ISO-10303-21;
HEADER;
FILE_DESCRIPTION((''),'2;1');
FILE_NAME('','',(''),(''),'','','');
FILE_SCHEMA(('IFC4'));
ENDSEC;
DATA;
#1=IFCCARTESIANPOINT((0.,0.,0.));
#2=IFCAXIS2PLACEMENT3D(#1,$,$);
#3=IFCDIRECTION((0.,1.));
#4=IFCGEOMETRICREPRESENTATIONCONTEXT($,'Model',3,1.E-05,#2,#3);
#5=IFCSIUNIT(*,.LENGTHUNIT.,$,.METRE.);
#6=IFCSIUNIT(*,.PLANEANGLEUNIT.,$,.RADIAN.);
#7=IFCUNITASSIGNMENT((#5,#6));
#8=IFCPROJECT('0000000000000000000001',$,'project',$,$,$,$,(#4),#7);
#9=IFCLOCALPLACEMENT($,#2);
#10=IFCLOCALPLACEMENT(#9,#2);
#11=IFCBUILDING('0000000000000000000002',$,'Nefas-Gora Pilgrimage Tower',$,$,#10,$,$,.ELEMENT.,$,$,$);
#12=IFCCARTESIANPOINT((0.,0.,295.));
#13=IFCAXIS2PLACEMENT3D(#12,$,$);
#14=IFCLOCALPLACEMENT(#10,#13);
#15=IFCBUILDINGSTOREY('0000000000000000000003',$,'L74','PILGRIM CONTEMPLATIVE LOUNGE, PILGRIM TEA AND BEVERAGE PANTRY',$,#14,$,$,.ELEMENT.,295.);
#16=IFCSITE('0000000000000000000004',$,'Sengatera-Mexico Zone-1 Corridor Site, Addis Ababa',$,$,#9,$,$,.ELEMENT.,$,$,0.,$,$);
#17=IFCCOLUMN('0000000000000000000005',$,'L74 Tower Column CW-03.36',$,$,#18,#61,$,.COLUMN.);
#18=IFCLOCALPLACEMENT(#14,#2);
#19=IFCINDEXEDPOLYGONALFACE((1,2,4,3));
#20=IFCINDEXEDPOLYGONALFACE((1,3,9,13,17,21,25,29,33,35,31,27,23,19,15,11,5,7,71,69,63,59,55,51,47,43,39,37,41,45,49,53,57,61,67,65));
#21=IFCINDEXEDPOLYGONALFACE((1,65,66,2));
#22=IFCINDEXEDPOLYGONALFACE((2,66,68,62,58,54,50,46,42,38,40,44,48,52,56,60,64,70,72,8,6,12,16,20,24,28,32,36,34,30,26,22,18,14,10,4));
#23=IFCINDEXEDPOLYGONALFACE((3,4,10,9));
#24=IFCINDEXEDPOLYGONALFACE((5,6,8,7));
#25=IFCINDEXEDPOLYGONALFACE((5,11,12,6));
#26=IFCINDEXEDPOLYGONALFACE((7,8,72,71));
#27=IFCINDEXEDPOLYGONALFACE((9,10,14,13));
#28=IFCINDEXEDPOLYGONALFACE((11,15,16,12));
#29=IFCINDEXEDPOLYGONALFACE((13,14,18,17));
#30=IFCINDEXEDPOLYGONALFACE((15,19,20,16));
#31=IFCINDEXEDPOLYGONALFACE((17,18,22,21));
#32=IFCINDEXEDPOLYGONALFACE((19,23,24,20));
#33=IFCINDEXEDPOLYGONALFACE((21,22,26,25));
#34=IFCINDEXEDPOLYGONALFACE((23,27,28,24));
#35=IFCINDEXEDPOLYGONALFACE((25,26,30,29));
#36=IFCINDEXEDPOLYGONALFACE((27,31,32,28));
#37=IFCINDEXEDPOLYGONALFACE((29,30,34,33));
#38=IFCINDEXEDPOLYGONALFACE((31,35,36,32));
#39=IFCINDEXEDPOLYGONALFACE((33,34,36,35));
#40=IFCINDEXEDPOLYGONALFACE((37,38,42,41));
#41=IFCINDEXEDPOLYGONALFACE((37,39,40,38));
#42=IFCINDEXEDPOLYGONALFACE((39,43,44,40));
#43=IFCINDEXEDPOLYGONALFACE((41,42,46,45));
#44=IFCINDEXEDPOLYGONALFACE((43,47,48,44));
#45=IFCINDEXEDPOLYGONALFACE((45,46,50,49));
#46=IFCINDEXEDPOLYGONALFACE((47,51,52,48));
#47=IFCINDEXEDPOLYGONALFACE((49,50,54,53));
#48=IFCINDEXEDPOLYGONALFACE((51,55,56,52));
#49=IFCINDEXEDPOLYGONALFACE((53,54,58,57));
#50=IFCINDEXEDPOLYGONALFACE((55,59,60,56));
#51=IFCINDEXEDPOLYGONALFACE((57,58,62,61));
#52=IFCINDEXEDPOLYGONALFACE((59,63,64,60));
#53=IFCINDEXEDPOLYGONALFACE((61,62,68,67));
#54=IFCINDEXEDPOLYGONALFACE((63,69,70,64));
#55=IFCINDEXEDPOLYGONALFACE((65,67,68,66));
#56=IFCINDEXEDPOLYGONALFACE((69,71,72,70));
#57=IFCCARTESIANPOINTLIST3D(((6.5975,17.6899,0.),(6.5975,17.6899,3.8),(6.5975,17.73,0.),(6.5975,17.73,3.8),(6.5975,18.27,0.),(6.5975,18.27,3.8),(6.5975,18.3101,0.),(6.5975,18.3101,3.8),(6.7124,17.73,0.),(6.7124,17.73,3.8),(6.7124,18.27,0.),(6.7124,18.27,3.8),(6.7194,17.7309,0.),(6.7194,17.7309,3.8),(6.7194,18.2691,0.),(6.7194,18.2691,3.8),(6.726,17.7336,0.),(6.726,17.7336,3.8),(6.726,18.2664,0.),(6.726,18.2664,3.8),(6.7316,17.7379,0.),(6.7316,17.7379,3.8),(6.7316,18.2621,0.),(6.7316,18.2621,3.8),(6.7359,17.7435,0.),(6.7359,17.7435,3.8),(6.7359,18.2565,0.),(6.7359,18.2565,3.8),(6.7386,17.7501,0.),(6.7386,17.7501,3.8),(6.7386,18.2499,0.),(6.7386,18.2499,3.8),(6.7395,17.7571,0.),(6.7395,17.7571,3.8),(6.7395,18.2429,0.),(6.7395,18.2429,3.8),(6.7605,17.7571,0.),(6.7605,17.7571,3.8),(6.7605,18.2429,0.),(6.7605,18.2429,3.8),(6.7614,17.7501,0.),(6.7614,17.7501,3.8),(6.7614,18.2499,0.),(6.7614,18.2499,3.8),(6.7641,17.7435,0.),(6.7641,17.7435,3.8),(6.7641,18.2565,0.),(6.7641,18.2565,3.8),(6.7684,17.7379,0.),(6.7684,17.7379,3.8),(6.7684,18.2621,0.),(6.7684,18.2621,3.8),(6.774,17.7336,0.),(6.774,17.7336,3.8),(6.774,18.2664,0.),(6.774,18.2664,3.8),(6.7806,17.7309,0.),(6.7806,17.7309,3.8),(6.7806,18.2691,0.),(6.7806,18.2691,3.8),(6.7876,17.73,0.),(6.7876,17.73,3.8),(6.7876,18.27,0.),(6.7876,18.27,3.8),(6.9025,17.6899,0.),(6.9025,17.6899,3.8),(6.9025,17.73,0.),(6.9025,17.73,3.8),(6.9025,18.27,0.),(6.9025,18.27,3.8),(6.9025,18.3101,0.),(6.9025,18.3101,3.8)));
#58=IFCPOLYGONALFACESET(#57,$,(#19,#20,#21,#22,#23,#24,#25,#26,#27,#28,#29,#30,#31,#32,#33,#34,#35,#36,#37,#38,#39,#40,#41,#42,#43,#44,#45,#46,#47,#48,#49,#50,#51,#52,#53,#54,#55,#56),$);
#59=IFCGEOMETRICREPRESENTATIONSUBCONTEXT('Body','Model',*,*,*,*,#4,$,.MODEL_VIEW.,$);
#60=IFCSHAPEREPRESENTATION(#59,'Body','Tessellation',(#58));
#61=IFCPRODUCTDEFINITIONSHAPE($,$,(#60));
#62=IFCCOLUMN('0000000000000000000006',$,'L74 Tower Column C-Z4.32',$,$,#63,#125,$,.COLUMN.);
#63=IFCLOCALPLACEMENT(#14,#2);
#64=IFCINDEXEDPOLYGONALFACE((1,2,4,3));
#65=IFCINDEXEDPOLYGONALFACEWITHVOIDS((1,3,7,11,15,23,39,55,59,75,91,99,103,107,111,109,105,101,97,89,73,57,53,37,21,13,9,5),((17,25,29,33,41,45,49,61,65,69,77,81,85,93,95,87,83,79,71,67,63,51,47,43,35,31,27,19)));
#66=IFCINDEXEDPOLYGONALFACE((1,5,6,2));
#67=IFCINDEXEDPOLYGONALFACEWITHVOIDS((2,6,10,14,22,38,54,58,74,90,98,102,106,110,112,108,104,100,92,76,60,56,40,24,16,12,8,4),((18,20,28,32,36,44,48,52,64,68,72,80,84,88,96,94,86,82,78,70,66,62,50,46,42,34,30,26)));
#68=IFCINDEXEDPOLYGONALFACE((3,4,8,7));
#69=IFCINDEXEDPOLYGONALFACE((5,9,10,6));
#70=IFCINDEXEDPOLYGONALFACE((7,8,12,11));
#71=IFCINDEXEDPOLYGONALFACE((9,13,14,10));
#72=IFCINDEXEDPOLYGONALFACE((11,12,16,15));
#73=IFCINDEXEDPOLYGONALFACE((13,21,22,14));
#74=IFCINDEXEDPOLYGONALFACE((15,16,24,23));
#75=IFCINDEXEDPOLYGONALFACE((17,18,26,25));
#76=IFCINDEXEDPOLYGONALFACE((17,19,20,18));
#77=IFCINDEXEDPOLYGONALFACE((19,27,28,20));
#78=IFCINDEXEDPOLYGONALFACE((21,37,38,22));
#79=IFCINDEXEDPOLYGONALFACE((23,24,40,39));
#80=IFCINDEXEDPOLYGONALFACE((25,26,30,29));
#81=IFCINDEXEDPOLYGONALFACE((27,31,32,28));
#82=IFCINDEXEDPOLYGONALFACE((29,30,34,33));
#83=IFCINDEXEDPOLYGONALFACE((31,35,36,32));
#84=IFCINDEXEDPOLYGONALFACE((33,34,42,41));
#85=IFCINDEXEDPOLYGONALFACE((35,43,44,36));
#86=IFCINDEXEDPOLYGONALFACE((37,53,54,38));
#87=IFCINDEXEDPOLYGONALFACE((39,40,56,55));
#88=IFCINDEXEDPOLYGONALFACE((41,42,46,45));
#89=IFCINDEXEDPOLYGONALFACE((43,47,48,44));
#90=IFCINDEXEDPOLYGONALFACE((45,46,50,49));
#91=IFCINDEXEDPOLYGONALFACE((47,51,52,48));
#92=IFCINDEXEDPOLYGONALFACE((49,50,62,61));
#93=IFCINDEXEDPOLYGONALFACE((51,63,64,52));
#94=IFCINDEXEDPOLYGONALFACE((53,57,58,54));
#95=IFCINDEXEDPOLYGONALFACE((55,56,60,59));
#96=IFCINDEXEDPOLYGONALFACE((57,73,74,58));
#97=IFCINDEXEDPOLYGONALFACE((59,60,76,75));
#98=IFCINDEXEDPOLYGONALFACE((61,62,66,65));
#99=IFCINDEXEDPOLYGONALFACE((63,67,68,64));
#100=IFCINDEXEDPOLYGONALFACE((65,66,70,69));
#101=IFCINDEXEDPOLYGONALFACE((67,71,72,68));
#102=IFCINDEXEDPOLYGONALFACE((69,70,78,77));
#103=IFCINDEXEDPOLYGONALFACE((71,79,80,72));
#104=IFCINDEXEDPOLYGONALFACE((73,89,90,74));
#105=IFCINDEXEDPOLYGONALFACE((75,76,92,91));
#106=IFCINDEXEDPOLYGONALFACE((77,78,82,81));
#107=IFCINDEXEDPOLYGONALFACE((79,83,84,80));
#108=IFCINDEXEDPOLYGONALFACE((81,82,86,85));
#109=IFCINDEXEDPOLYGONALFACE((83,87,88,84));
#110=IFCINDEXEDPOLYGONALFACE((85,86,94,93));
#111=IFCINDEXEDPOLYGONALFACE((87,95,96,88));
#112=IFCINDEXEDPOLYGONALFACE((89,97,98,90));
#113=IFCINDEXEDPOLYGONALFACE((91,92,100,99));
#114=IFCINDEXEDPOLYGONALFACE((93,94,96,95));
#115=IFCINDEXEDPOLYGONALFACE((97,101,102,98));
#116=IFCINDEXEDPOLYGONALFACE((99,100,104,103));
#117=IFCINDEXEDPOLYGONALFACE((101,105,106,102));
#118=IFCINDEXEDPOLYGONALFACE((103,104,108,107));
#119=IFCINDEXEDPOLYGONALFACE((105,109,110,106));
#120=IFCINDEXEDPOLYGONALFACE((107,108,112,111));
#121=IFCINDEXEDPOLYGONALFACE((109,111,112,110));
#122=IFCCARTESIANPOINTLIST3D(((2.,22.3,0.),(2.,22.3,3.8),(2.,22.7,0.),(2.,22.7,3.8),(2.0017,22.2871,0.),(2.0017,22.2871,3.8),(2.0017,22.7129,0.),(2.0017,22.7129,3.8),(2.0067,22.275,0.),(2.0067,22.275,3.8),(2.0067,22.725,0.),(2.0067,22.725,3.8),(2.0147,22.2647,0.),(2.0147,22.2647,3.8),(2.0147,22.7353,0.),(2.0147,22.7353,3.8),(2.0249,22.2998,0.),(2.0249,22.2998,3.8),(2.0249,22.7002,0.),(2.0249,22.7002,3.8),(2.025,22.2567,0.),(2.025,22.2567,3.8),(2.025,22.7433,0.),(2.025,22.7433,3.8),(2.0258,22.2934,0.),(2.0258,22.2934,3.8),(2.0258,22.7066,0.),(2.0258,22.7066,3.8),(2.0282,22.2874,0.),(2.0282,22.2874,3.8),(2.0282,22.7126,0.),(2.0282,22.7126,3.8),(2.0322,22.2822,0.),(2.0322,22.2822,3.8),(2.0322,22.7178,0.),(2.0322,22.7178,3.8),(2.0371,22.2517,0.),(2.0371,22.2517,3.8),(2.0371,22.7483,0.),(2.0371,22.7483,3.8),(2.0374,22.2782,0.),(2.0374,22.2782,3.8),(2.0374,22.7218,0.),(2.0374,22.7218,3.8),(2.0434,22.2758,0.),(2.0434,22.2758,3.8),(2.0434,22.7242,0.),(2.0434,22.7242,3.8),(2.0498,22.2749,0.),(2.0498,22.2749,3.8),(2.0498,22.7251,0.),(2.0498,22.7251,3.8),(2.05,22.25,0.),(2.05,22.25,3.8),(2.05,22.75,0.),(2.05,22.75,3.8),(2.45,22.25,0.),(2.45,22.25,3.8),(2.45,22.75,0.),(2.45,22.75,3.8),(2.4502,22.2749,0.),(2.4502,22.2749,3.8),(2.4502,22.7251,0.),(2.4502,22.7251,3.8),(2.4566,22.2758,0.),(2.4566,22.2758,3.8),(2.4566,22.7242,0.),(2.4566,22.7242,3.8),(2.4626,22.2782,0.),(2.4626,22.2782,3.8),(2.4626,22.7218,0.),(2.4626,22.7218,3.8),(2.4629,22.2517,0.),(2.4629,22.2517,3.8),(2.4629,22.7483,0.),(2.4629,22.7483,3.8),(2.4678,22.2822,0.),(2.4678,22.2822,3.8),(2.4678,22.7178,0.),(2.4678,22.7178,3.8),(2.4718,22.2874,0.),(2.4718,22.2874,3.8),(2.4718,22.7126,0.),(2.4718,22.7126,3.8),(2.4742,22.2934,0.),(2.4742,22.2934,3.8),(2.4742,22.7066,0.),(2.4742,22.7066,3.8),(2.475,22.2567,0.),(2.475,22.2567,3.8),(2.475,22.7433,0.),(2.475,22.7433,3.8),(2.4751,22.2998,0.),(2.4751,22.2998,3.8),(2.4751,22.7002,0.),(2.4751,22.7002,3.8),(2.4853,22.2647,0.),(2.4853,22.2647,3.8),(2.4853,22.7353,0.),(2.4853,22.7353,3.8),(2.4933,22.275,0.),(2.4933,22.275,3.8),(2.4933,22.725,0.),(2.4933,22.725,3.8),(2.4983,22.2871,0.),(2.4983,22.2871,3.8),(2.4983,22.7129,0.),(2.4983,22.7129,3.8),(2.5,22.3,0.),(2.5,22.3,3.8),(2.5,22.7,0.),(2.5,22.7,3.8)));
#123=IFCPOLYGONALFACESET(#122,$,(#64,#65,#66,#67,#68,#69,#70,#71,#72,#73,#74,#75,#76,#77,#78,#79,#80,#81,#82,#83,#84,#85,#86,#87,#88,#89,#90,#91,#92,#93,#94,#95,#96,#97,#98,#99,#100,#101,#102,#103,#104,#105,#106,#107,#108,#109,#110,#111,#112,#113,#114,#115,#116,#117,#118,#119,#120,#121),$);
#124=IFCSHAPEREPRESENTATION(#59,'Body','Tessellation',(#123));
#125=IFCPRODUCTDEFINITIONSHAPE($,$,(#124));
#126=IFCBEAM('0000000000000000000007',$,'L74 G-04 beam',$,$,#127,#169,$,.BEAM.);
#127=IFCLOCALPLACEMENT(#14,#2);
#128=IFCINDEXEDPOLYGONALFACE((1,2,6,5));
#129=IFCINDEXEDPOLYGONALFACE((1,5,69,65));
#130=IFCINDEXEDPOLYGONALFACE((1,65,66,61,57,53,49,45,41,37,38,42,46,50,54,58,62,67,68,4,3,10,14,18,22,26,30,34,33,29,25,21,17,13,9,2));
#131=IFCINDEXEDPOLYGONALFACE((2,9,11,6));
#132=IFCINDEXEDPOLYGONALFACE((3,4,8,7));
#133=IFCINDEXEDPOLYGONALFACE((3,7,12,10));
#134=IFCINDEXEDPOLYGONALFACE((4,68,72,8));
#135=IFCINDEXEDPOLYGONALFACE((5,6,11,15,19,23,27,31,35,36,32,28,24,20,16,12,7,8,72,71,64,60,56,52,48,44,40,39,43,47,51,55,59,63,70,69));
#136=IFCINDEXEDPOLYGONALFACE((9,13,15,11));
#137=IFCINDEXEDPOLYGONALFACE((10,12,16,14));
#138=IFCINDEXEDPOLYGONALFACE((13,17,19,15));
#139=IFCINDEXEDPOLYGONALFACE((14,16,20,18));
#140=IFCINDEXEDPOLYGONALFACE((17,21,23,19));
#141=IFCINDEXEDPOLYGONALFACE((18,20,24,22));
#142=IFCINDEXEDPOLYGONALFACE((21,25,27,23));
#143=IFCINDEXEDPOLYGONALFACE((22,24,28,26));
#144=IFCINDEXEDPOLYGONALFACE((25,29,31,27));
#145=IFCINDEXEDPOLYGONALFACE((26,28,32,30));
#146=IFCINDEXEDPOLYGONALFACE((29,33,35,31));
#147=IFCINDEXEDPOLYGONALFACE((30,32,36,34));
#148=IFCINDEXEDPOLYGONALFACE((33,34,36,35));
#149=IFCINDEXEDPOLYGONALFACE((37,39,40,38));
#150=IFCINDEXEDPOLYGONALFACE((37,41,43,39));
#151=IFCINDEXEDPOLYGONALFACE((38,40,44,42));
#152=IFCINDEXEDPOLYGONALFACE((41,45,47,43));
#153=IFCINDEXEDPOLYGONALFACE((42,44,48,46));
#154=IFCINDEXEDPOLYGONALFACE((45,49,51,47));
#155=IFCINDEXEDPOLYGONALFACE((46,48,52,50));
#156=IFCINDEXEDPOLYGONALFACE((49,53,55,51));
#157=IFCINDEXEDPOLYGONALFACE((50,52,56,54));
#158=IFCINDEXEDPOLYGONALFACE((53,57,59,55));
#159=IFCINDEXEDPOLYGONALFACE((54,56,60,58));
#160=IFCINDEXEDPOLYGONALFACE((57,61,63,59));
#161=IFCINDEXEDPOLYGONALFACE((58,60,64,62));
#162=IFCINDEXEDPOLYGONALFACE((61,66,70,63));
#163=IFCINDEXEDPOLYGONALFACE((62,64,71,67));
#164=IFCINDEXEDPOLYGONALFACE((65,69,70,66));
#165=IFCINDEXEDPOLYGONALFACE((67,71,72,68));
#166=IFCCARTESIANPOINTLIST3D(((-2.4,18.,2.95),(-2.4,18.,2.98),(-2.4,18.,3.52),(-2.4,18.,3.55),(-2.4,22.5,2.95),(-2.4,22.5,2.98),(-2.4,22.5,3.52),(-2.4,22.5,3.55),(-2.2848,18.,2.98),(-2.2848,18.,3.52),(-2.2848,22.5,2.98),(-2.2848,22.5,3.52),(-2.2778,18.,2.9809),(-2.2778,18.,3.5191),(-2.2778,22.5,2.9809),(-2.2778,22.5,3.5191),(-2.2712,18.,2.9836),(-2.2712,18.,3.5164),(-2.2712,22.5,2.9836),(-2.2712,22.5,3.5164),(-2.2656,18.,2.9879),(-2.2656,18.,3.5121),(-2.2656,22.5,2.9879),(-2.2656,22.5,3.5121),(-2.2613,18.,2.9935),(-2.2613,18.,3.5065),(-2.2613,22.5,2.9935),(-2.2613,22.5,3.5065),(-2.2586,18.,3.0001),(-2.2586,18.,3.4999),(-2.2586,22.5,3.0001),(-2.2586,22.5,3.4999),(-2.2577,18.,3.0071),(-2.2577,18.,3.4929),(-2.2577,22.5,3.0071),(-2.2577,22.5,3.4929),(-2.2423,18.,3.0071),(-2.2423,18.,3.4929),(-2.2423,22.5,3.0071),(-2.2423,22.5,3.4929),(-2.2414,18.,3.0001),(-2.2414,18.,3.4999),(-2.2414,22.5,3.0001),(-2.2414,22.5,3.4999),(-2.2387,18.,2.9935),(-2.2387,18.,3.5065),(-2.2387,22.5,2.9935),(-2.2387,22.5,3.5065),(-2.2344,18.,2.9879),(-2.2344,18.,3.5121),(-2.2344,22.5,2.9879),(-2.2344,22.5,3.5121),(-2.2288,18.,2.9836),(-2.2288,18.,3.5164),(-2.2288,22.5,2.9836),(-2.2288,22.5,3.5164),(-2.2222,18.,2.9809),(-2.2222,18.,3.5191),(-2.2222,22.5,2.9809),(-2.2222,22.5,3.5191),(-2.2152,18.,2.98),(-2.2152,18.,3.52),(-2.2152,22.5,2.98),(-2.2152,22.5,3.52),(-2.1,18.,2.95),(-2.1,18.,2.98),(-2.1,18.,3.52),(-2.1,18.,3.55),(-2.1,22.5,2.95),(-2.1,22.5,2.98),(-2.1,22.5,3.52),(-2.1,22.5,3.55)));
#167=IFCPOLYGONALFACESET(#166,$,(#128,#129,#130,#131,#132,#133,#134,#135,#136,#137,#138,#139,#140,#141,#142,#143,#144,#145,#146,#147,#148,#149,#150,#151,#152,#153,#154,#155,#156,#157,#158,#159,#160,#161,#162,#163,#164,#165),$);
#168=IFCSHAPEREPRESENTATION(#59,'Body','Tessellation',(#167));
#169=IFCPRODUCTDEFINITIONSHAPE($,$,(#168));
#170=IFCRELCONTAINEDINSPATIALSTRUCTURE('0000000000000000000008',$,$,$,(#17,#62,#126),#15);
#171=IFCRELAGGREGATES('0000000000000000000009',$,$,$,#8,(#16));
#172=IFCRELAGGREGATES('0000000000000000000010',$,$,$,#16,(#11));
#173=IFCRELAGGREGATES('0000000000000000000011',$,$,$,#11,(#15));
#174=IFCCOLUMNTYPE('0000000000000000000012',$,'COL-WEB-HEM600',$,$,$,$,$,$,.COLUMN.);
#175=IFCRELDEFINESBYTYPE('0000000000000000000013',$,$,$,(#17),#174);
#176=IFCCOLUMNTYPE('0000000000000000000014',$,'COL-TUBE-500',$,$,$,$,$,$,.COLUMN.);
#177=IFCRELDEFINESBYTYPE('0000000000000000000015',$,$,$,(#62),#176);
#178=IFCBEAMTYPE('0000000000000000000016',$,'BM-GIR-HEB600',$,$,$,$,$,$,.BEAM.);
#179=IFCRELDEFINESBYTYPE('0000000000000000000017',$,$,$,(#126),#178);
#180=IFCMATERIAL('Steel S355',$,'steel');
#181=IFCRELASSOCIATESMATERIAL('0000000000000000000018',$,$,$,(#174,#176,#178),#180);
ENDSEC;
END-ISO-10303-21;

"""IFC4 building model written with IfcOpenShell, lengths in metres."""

from ifc_helpers import new_model, si_unit, direction, frame, origin, origin_2d, place, context, subcontext, project, spatial, hollow_rectangle, i_section, extrude, source, transform, mapped, material, material_profile, profile_set, type_object, element, save


model = new_model("IFC4")

# Units and contexts
model_context = context("Model", 3, precision=1e-05, world=origin(), true_north=direction((0.0, 1.0)))
body_context = subcontext(model_context, "Body", "Model", "MODEL_VIEW")
ifc_project = project(units=[si_unit("LENGTHUNIT", "METRE"), si_unit("PLANEANGLEUNIT", "RADIAN")], contexts=[model_context])

# Site, building, storey
site_placement = place(None, origin())
site = spatial("IfcSite", under=ifc_project, at=site_placement, Name="Sengatera-Mexico Zone-1 Corridor Site, Addis Ababa", CompositionType="ELEMENT", RefElevation=0.0)
building_placement = place(site_placement, origin())
building = spatial("IfcBuilding", under=site, at=building_placement, Name="Nefas-Gora Pilgrimage Tower", CompositionType="ELEMENT")
storey_placement = place(building_placement, frame((0.0, 0.0, 295.0)))
storey = spatial("IfcBuildingStorey", under=building, at=storey_placement, Name="L74", Description="PILGRIM CONTEMPLATIVE LOUNGE, PILGRIM TEA AND BEVERAGE PANTRY", CompositionType="ELEMENT", Elevation=295.0)

# Columns
ifc_material_1 = material(Name="Steel S355", Category="steel")
ifc_material_profile_1 = material_profile(ifc_material_1, i_section(OverallWidth=0.3049, OverallDepth=0.6201, WebThickness=0.021, FlangeThickness=0.04, FilletRadius=0.0271, at=origin_2d()), Name="HEM 600")
ifc_profile_set_1 = profile_set([ifc_material_profile_1], Name="Steel S355")
column_type_1 = type_object("IfcColumnType", Name="COL-WEB-HEM600", PredefinedType="COLUMN", material=ifc_profile_set_1)
shared_shape_1 = source(origin(), body_context, "Body", "SweptSolid", [
    extrude(i_section(OverallWidth=0.3049, OverallDepth=0.6201, WebThickness=0.021, FlangeThickness=0.04, FilletRadius=0.0271, at=origin_2d()), origin(), (0.0, 0.0, 1.0), 3.8),
])
for number, where, z_axis, x_axis, name in (
    (1, (6.75, 18.0, 0.0), (0.0, 0.0, 1.0), (1.0, 0.0, 0.0), "L74 Tower Column CW-03.36"),
):
    element("IfcColumn", number, at=place(storey_placement, frame(where, z_axis=z_axis, x_axis=x_axis)), inside=storey, type_object=column_type_1, Name=name, PredefinedType="COLUMN", context=body_context, shape_type="MappedRepresentation", body=[
        mapped(shared_shape_1, transform((0.0, 0.0, 0.0), x_axis=(1.0, 0.0, 0.0), y_axis=(0.0, 1.0, 0.0), z_axis=(0.0, 0.0, 1.0), scale=1.0)),
    ])
ifc_material_profile_2 = material_profile(ifc_material_1, hollow_rectangle(XDim=0.5, YDim=0.5, WallThickness=0.0249, InnerFilletRadius=0.0249, OuterFilletRadius=0.05, at=origin_2d()), Name="SHS 500x500x25")
ifc_profile_set_2 = profile_set([ifc_material_profile_2], Name="Steel S355")
column_type_2 = type_object("IfcColumnType", Name="COL-TUBE-500", PredefinedType="COLUMN", material=ifc_profile_set_2)
shared_shape_2 = source(origin(), body_context, "Body", "SweptSolid", [
    extrude(hollow_rectangle(XDim=0.5, YDim=0.5, WallThickness=0.0249, InnerFilletRadius=0.0249, OuterFilletRadius=0.05, at=origin_2d()), origin(), (0.0, 0.0, 1.0), 3.8),
])
column_placement = place(storey_placement, frame((2.25, 22.5, 0.0), z_axis=(0.0, 0.0, 1.0), x_axis=(1.0, 0.0, 0.0)))
element("IfcColumn", 2, at=column_placement, inside=storey, type_object=column_type_2, Name="L74 Tower Column C-Z4.32", PredefinedType="COLUMN", context=body_context, shape_type="MappedRepresentation", body=[
    mapped(shared_shape_2, transform((0.0, 0.0, 0.0), x_axis=(1.0, 0.0, 0.0), y_axis=(0.0, 1.0, 0.0), z_axis=(0.0, 0.0, 1.0), scale=1.0)),
])

# Beam
ifc_material_profile_3 = material_profile(ifc_material_1, i_section(OverallWidth=0.3, OverallDepth=0.6001, WebThickness=0.0154, FlangeThickness=0.03, FilletRadius=0.0271, at=origin_2d()), Name="HEB 600")
ifc_profile_set_3 = profile_set([ifc_material_profile_3], Name="Steel S355")
beam_type = type_object("IfcBeamType", Name="BM-GIR-HEB600", PredefinedType="BEAM", material=ifc_profile_set_3)
shared_shape_3 = source(origin(), body_context, "Body", "SweptSolid", [
    extrude(i_section(OverallWidth=0.3, OverallDepth=0.6001, WebThickness=0.0154, FlangeThickness=0.03, FilletRadius=0.0271, at=origin_2d()), origin(), (0.0, 0.0, 1.0), 4.5),
])
for number, where, z_axis, x_axis, name in (
    (3, (-2.25, 18.0, 3.25), (0.0, 1.0, 0.0), (-1.0, 0.0, 0.0), "L74 G-04 beam"),
):
    element("IfcBeam", number, at=place(storey_placement, frame(where, z_axis=z_axis, x_axis=x_axis)), inside=storey, type_object=beam_type, Name=name, PredefinedType="BEAM", context=body_context, shape_type="MappedRepresentation", body=[
        mapped(shared_shape_3, transform((0.0, 0.0, 0.0), x_axis=(1.0, 0.0, 0.0), y_axis=(0.0, 1.0, 0.0), z_axis=(0.0, 0.0, 1.0), scale=1.0)),
    ])

save(model, "model.ifc")
